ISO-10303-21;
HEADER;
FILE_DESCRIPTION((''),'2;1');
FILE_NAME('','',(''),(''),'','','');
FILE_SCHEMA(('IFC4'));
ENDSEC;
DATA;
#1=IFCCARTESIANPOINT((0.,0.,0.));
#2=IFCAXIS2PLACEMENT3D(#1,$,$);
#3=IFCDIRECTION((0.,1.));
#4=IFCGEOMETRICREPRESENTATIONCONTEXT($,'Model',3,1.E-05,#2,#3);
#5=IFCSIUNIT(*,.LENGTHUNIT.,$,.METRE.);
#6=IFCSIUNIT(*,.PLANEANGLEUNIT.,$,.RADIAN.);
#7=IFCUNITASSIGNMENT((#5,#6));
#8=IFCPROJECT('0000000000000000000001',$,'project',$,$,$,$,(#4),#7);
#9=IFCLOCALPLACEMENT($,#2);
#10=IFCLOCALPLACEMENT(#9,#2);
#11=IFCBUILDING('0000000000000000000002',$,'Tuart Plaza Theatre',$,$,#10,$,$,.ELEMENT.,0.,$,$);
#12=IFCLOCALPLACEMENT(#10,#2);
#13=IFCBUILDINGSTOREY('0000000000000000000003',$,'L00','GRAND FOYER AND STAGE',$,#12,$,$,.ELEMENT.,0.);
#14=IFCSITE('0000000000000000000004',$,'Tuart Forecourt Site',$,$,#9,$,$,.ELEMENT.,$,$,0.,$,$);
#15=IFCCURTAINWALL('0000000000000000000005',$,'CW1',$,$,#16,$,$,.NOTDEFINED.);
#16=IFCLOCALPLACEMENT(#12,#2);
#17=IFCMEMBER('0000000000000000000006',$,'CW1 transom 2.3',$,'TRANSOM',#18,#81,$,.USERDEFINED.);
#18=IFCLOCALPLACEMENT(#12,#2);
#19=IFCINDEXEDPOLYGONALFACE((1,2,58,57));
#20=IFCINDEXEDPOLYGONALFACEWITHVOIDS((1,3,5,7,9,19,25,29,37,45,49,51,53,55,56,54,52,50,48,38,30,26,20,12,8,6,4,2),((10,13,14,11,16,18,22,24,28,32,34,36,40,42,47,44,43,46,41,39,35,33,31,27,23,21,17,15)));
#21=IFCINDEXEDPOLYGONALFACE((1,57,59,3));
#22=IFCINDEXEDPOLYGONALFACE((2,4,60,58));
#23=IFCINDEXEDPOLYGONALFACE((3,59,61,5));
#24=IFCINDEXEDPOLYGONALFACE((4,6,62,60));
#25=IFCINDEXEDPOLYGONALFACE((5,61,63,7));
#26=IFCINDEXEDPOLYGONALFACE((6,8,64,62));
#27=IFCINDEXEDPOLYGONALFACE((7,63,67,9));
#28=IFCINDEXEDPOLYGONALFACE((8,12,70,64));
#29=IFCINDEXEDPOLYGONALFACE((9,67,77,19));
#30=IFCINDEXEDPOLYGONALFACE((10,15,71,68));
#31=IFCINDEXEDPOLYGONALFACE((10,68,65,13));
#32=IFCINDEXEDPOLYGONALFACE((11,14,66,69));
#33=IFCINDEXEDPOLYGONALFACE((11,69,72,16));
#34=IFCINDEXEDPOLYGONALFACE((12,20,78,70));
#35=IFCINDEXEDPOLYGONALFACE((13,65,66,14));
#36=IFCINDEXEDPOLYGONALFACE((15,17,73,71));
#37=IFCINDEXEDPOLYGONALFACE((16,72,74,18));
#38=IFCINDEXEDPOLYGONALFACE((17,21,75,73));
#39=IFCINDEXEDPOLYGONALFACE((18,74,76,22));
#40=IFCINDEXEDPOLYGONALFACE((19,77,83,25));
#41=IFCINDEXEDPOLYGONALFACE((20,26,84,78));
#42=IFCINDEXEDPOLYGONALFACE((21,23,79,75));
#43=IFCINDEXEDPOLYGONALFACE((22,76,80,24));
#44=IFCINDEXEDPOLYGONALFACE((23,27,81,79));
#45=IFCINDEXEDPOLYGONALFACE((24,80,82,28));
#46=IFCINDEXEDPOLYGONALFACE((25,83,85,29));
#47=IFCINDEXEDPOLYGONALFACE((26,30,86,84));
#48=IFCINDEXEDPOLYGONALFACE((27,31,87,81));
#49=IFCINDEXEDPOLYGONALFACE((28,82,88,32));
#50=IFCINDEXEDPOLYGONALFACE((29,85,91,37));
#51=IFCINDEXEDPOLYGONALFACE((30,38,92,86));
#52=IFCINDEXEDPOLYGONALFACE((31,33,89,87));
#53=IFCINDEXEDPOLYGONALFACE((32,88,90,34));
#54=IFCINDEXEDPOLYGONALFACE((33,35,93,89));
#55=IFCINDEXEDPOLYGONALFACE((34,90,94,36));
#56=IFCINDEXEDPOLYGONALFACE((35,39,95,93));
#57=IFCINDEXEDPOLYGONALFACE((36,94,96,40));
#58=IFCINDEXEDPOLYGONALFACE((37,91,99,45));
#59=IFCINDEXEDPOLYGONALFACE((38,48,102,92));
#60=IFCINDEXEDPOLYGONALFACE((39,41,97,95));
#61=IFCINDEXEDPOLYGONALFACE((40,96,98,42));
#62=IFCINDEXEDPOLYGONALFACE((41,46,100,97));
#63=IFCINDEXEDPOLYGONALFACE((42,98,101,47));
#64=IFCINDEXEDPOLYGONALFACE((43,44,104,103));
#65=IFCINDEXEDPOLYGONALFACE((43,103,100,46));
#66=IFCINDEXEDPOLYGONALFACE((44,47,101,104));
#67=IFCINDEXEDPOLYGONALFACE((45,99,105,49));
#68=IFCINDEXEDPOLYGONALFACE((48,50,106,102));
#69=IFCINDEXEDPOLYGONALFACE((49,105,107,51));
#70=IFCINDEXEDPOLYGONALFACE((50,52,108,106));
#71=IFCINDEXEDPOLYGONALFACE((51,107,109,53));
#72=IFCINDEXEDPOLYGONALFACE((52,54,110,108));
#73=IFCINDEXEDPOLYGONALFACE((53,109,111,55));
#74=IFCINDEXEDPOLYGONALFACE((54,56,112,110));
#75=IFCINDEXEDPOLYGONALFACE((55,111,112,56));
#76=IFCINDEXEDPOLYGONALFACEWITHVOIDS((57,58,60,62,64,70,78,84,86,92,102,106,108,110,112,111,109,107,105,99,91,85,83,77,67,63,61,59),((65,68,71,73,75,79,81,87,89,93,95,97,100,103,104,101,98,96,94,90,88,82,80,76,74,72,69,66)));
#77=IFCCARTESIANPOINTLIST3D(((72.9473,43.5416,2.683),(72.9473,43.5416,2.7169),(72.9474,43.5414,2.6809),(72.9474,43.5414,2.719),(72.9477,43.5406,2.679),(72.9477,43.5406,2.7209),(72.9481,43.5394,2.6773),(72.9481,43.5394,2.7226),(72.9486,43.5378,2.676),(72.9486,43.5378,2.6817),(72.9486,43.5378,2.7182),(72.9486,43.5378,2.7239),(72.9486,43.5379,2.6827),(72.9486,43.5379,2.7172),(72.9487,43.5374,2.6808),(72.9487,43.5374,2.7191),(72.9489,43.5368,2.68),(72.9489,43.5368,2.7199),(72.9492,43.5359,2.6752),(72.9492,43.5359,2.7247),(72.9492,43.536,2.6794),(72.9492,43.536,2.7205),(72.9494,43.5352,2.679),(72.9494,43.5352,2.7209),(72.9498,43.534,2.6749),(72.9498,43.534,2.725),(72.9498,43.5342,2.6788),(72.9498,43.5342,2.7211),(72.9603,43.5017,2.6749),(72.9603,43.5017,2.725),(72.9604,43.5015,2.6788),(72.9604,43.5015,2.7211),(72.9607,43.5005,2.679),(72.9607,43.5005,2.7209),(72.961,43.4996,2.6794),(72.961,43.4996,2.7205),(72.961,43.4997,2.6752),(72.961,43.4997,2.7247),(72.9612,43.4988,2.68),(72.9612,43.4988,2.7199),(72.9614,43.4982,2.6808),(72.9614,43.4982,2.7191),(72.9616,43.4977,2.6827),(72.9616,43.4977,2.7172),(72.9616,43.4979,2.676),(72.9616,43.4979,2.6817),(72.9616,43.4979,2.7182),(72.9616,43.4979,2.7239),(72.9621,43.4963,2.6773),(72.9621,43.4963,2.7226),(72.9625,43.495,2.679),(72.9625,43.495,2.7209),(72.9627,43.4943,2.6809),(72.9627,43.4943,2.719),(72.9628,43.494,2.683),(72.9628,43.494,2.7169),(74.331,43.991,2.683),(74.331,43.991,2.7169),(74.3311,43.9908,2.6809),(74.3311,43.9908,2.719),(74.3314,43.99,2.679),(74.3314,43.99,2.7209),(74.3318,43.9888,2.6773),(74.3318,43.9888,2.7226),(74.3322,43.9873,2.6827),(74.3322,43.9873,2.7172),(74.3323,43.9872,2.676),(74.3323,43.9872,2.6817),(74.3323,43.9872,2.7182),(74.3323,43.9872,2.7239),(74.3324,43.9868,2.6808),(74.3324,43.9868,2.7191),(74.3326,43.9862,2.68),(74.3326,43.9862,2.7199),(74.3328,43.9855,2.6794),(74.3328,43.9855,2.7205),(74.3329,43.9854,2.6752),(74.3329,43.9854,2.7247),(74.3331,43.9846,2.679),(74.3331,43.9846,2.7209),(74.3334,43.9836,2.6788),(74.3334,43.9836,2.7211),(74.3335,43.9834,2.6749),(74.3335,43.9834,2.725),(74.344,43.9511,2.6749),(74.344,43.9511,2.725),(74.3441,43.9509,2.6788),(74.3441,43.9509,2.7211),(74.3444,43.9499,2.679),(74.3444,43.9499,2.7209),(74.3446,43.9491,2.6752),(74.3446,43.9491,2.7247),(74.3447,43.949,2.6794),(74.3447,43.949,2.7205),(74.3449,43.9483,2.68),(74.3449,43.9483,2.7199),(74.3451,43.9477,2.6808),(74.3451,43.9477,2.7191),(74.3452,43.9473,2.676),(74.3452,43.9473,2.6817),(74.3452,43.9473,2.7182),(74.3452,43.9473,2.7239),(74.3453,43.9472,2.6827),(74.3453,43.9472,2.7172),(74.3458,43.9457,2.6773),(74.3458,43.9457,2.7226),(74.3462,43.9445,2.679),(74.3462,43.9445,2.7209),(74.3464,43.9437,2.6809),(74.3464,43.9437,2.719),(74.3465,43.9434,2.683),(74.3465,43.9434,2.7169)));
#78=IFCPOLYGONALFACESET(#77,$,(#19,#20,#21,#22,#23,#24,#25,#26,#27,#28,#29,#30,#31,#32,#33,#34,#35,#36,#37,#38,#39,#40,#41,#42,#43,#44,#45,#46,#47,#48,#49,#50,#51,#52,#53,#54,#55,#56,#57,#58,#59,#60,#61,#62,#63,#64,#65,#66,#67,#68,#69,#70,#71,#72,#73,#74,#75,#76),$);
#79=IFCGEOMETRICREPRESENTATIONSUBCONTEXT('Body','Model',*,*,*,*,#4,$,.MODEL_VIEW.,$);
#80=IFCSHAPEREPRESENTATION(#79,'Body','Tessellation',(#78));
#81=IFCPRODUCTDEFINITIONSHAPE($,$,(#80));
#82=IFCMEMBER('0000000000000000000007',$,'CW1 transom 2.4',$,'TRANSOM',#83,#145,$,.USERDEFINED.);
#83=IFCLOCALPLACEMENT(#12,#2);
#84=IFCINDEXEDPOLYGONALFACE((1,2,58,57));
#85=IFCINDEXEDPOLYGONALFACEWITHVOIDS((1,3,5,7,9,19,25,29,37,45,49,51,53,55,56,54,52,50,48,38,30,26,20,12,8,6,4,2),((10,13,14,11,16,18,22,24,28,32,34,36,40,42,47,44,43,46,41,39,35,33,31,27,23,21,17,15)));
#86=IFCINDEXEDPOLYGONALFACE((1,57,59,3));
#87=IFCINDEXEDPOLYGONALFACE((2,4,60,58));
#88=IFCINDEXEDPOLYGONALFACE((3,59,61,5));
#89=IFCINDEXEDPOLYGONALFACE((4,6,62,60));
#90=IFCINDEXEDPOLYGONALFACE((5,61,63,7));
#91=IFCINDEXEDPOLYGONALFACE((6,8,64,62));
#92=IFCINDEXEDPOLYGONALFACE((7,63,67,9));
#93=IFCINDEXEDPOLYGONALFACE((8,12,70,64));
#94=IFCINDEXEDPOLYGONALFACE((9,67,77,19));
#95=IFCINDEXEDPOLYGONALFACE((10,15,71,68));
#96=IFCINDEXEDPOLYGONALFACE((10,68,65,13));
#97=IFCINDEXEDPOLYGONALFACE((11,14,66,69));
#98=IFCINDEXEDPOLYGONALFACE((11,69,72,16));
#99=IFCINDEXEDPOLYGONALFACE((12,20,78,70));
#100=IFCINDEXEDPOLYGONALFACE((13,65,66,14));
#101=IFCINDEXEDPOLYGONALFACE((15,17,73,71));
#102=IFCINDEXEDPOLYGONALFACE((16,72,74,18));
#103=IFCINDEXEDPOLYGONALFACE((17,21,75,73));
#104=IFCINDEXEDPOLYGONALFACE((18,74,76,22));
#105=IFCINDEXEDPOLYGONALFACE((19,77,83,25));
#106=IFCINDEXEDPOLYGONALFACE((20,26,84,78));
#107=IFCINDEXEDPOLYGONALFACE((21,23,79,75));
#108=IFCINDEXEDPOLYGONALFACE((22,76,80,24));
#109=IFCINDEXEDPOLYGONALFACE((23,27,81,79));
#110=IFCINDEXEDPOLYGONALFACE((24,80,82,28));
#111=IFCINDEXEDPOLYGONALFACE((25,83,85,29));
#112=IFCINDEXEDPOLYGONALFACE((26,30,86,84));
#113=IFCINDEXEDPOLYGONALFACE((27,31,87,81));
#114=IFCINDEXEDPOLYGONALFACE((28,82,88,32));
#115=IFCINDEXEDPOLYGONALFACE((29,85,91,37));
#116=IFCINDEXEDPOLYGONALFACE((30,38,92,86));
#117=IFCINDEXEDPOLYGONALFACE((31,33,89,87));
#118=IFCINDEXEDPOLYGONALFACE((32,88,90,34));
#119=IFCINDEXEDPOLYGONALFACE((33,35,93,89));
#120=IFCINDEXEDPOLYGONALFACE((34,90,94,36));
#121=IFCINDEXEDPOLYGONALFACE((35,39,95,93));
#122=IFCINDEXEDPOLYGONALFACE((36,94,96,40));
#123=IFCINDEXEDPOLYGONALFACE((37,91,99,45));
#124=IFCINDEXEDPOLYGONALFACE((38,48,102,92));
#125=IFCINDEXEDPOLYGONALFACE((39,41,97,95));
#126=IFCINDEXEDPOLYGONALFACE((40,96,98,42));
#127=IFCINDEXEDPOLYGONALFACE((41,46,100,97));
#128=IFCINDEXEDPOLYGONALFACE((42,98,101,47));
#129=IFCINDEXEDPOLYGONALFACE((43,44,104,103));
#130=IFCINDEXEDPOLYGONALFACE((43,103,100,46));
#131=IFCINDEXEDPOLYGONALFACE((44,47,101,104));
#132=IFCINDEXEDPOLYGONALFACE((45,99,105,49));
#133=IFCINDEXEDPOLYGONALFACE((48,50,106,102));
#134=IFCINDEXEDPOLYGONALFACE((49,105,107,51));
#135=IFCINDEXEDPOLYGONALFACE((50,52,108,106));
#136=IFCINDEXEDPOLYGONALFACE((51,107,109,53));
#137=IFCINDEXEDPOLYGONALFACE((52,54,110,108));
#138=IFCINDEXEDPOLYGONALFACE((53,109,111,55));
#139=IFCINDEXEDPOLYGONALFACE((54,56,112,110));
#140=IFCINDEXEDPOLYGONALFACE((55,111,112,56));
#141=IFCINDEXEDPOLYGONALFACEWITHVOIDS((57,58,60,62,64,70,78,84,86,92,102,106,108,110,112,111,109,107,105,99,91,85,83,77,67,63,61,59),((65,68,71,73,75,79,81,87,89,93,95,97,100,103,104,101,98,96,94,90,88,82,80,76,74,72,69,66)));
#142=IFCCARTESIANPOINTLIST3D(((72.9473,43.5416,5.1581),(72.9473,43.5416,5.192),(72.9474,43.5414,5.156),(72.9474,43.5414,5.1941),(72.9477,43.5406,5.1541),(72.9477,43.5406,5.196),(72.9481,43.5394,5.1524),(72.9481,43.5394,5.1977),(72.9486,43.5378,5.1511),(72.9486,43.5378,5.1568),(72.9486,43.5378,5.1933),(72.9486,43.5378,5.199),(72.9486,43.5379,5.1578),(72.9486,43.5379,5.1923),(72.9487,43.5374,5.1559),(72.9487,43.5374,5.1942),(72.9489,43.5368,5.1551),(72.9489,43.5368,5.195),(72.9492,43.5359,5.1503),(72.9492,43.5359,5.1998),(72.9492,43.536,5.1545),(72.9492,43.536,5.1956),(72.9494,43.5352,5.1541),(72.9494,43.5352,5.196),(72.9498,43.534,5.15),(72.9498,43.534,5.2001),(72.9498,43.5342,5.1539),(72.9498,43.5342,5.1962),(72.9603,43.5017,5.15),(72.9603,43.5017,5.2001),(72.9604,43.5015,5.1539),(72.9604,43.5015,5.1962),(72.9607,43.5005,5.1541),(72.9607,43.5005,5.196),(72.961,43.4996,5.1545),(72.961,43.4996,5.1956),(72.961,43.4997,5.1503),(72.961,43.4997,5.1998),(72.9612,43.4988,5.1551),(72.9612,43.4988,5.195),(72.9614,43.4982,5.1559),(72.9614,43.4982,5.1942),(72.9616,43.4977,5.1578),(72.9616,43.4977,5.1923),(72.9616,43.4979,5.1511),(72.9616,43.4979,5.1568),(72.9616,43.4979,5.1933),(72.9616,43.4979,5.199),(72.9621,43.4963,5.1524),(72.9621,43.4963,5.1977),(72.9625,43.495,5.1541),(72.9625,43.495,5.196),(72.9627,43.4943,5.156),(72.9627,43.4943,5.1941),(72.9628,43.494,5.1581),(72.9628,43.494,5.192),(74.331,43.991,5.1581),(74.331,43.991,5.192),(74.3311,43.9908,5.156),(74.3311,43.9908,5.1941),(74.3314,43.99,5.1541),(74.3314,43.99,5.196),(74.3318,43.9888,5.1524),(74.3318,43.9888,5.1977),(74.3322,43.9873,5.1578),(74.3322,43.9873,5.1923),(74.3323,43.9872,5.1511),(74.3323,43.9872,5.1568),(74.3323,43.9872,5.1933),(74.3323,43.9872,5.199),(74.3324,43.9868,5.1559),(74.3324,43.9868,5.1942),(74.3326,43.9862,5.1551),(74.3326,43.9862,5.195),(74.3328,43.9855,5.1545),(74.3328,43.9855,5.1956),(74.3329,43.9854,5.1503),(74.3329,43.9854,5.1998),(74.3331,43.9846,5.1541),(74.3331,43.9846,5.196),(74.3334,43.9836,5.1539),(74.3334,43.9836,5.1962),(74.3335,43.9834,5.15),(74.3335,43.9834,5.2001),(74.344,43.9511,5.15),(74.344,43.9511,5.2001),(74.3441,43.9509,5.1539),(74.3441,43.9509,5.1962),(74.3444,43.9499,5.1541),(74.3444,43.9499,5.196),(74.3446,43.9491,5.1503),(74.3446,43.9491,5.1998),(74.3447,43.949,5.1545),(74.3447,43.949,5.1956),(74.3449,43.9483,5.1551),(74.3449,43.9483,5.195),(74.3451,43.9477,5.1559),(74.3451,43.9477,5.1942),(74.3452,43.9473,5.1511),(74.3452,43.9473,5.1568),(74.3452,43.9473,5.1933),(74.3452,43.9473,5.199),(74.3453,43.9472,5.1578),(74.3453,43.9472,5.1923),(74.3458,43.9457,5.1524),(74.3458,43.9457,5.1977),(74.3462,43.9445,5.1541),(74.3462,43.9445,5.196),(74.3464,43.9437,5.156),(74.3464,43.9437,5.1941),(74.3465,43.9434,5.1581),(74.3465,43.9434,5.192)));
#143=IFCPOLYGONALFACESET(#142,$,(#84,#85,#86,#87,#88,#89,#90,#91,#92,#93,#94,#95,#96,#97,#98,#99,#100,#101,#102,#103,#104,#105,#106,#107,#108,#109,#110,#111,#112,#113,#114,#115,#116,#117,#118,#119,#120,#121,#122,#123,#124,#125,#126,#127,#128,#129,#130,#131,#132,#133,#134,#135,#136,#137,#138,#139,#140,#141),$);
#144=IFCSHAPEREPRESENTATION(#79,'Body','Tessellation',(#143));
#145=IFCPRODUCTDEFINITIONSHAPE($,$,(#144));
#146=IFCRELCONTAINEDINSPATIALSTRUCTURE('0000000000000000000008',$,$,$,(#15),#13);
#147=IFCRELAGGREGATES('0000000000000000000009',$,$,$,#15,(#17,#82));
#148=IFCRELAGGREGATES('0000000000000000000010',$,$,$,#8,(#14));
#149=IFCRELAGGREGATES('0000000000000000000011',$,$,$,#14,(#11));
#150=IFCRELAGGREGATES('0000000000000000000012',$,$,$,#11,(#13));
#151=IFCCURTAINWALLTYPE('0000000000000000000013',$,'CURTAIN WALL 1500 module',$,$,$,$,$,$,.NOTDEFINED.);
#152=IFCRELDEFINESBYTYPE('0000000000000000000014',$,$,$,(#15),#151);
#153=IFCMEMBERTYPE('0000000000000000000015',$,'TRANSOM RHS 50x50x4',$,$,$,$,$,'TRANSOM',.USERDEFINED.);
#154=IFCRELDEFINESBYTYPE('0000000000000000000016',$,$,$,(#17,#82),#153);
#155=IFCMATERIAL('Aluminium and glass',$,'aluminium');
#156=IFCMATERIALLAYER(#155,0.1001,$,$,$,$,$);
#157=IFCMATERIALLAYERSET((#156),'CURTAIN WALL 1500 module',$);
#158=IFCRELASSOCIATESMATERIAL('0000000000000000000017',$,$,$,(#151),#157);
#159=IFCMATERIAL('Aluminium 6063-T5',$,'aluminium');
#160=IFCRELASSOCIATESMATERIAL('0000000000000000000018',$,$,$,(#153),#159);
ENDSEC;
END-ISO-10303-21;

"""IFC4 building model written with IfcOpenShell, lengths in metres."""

from ifc_helpers import new_model, si_unit, direction, frame, origin, origin_2d, place, context, subcontext, project, spatial, hollow_rectangle, extrude, material, layer, layer_set, material_profile, profile_set, type_object, element, aggregate, save


model = new_model("IFC4")

# Units and contexts
model_context = context("Model", 3, precision=1e-05, world=origin(), true_north=direction((0.0, 1.0)))
body_context = subcontext(model_context, "Body", "Model", "MODEL_VIEW")
ifc_project = project(units=[si_unit("LENGTHUNIT", "METRE"), si_unit("PLANEANGLEUNIT", "RADIAN")], contexts=[model_context])

# Site, building, storey
site_placement = place(None, origin())
site = spatial("IfcSite", under=ifc_project, at=site_placement, Name="Tuart Forecourt Site", CompositionType="ELEMENT", RefElevation=0.0)
building_placement = place(site_placement, origin())
building = spatial("IfcBuilding", under=site, at=building_placement, Name="Tuart Plaza Theatre", CompositionType="ELEMENT", ElevationOfRefHeight=0.0)
storey_placement = place(building_placement, origin())
storey = spatial("IfcBuildingStorey", under=building, at=storey_placement, Name="L00", Description="GRAND FOYER AND STAGE", CompositionType="ELEMENT", Elevation=0.0)

# Curtain wall
ifc_material_1 = material(Name="Aluminium and glass", Category="aluminium")
ifc_layer_1 = layer(ifc_material_1, 0.1001)
ifc_layer_set_1 = layer_set([ifc_layer_1], Name="CURTAIN WALL 1500 module")
curtain_wall_type = type_object("IfcCurtainWallType", Name="CURTAIN WALL 1500 module", PredefinedType="NOTDEFINED", material=ifc_layer_set_1)
curtain_wall_1_placement = place(storey_placement, origin())
curtain_wall_1 = element("IfcCurtainWall", 1, at=curtain_wall_1_placement, inside=storey, type_object=curtain_wall_type, Name="CW1", PredefinedType="NOTDEFINED")

# Members
ifc_material_2 = material(Name="Aluminium 6063-T5", Category="aluminium")
ifc_material_profile_1 = material_profile(ifc_material_2, hollow_rectangle(XDim=0.05, YDim=0.05, WallThickness=0.0039, InnerFilletRadius=0.0039, OuterFilletRadius=0.0081, at=origin_2d()), Name="RHS 50x50x4")
ifc_profile_set_1 = profile_set([ifc_material_profile_1], Name="Aluminium 6063-T5")
member_type_1 = type_object("IfcMemberType", Name="TRANSOM RHS 50x50x4", ElementType="TRANSOM", PredefinedType="USERDEFINED", material=ifc_profile_set_1)
member_1_placement = place(storey_placement, frame((72.9551, 43.5178, 2.7), z_axis=(0.951088, 0.308919, 0.0), x_axis=(-0.308919, 0.951088, 0.0)))
member_1 = element("IfcMember", 2, at=member_1_placement, type_object=member_type_1, Name="CW1 transom 2.3", ObjectType="TRANSOM", PredefinedType="USERDEFINED", context=body_context, shape_type="SweptSolid", body=[
    extrude(hollow_rectangle(XDim=0.05, YDim=0.05, WallThickness=0.0039, InnerFilletRadius=0.0039, OuterFilletRadius=0.0081, at=origin_2d()), origin(), (0.0, 0.0, 1.0), 1.4548),
])
member_2_placement = place(storey_placement, frame((72.9551, 43.5178, 5.175), z_axis=(0.951088, 0.308919, 0.0), x_axis=(-0.308919, 0.951088, 0.0)))
member_2 = element("IfcMember", 3, at=member_2_placement, type_object=member_type_1, Name="CW1 transom 2.4", ObjectType="TRANSOM", PredefinedType="USERDEFINED", context=body_context, shape_type="SweptSolid", body=[
    extrude(hollow_rectangle(XDim=0.05, YDim=0.05, WallThickness=0.0039, InnerFilletRadius=0.0039, OuterFilletRadius=0.0081, at=origin_2d()), origin(), (0.0, 0.0, 1.0), 1.4548),
])

aggregate(curtain_wall_1, [member_1, member_2])

save(model, "model.ifc")
